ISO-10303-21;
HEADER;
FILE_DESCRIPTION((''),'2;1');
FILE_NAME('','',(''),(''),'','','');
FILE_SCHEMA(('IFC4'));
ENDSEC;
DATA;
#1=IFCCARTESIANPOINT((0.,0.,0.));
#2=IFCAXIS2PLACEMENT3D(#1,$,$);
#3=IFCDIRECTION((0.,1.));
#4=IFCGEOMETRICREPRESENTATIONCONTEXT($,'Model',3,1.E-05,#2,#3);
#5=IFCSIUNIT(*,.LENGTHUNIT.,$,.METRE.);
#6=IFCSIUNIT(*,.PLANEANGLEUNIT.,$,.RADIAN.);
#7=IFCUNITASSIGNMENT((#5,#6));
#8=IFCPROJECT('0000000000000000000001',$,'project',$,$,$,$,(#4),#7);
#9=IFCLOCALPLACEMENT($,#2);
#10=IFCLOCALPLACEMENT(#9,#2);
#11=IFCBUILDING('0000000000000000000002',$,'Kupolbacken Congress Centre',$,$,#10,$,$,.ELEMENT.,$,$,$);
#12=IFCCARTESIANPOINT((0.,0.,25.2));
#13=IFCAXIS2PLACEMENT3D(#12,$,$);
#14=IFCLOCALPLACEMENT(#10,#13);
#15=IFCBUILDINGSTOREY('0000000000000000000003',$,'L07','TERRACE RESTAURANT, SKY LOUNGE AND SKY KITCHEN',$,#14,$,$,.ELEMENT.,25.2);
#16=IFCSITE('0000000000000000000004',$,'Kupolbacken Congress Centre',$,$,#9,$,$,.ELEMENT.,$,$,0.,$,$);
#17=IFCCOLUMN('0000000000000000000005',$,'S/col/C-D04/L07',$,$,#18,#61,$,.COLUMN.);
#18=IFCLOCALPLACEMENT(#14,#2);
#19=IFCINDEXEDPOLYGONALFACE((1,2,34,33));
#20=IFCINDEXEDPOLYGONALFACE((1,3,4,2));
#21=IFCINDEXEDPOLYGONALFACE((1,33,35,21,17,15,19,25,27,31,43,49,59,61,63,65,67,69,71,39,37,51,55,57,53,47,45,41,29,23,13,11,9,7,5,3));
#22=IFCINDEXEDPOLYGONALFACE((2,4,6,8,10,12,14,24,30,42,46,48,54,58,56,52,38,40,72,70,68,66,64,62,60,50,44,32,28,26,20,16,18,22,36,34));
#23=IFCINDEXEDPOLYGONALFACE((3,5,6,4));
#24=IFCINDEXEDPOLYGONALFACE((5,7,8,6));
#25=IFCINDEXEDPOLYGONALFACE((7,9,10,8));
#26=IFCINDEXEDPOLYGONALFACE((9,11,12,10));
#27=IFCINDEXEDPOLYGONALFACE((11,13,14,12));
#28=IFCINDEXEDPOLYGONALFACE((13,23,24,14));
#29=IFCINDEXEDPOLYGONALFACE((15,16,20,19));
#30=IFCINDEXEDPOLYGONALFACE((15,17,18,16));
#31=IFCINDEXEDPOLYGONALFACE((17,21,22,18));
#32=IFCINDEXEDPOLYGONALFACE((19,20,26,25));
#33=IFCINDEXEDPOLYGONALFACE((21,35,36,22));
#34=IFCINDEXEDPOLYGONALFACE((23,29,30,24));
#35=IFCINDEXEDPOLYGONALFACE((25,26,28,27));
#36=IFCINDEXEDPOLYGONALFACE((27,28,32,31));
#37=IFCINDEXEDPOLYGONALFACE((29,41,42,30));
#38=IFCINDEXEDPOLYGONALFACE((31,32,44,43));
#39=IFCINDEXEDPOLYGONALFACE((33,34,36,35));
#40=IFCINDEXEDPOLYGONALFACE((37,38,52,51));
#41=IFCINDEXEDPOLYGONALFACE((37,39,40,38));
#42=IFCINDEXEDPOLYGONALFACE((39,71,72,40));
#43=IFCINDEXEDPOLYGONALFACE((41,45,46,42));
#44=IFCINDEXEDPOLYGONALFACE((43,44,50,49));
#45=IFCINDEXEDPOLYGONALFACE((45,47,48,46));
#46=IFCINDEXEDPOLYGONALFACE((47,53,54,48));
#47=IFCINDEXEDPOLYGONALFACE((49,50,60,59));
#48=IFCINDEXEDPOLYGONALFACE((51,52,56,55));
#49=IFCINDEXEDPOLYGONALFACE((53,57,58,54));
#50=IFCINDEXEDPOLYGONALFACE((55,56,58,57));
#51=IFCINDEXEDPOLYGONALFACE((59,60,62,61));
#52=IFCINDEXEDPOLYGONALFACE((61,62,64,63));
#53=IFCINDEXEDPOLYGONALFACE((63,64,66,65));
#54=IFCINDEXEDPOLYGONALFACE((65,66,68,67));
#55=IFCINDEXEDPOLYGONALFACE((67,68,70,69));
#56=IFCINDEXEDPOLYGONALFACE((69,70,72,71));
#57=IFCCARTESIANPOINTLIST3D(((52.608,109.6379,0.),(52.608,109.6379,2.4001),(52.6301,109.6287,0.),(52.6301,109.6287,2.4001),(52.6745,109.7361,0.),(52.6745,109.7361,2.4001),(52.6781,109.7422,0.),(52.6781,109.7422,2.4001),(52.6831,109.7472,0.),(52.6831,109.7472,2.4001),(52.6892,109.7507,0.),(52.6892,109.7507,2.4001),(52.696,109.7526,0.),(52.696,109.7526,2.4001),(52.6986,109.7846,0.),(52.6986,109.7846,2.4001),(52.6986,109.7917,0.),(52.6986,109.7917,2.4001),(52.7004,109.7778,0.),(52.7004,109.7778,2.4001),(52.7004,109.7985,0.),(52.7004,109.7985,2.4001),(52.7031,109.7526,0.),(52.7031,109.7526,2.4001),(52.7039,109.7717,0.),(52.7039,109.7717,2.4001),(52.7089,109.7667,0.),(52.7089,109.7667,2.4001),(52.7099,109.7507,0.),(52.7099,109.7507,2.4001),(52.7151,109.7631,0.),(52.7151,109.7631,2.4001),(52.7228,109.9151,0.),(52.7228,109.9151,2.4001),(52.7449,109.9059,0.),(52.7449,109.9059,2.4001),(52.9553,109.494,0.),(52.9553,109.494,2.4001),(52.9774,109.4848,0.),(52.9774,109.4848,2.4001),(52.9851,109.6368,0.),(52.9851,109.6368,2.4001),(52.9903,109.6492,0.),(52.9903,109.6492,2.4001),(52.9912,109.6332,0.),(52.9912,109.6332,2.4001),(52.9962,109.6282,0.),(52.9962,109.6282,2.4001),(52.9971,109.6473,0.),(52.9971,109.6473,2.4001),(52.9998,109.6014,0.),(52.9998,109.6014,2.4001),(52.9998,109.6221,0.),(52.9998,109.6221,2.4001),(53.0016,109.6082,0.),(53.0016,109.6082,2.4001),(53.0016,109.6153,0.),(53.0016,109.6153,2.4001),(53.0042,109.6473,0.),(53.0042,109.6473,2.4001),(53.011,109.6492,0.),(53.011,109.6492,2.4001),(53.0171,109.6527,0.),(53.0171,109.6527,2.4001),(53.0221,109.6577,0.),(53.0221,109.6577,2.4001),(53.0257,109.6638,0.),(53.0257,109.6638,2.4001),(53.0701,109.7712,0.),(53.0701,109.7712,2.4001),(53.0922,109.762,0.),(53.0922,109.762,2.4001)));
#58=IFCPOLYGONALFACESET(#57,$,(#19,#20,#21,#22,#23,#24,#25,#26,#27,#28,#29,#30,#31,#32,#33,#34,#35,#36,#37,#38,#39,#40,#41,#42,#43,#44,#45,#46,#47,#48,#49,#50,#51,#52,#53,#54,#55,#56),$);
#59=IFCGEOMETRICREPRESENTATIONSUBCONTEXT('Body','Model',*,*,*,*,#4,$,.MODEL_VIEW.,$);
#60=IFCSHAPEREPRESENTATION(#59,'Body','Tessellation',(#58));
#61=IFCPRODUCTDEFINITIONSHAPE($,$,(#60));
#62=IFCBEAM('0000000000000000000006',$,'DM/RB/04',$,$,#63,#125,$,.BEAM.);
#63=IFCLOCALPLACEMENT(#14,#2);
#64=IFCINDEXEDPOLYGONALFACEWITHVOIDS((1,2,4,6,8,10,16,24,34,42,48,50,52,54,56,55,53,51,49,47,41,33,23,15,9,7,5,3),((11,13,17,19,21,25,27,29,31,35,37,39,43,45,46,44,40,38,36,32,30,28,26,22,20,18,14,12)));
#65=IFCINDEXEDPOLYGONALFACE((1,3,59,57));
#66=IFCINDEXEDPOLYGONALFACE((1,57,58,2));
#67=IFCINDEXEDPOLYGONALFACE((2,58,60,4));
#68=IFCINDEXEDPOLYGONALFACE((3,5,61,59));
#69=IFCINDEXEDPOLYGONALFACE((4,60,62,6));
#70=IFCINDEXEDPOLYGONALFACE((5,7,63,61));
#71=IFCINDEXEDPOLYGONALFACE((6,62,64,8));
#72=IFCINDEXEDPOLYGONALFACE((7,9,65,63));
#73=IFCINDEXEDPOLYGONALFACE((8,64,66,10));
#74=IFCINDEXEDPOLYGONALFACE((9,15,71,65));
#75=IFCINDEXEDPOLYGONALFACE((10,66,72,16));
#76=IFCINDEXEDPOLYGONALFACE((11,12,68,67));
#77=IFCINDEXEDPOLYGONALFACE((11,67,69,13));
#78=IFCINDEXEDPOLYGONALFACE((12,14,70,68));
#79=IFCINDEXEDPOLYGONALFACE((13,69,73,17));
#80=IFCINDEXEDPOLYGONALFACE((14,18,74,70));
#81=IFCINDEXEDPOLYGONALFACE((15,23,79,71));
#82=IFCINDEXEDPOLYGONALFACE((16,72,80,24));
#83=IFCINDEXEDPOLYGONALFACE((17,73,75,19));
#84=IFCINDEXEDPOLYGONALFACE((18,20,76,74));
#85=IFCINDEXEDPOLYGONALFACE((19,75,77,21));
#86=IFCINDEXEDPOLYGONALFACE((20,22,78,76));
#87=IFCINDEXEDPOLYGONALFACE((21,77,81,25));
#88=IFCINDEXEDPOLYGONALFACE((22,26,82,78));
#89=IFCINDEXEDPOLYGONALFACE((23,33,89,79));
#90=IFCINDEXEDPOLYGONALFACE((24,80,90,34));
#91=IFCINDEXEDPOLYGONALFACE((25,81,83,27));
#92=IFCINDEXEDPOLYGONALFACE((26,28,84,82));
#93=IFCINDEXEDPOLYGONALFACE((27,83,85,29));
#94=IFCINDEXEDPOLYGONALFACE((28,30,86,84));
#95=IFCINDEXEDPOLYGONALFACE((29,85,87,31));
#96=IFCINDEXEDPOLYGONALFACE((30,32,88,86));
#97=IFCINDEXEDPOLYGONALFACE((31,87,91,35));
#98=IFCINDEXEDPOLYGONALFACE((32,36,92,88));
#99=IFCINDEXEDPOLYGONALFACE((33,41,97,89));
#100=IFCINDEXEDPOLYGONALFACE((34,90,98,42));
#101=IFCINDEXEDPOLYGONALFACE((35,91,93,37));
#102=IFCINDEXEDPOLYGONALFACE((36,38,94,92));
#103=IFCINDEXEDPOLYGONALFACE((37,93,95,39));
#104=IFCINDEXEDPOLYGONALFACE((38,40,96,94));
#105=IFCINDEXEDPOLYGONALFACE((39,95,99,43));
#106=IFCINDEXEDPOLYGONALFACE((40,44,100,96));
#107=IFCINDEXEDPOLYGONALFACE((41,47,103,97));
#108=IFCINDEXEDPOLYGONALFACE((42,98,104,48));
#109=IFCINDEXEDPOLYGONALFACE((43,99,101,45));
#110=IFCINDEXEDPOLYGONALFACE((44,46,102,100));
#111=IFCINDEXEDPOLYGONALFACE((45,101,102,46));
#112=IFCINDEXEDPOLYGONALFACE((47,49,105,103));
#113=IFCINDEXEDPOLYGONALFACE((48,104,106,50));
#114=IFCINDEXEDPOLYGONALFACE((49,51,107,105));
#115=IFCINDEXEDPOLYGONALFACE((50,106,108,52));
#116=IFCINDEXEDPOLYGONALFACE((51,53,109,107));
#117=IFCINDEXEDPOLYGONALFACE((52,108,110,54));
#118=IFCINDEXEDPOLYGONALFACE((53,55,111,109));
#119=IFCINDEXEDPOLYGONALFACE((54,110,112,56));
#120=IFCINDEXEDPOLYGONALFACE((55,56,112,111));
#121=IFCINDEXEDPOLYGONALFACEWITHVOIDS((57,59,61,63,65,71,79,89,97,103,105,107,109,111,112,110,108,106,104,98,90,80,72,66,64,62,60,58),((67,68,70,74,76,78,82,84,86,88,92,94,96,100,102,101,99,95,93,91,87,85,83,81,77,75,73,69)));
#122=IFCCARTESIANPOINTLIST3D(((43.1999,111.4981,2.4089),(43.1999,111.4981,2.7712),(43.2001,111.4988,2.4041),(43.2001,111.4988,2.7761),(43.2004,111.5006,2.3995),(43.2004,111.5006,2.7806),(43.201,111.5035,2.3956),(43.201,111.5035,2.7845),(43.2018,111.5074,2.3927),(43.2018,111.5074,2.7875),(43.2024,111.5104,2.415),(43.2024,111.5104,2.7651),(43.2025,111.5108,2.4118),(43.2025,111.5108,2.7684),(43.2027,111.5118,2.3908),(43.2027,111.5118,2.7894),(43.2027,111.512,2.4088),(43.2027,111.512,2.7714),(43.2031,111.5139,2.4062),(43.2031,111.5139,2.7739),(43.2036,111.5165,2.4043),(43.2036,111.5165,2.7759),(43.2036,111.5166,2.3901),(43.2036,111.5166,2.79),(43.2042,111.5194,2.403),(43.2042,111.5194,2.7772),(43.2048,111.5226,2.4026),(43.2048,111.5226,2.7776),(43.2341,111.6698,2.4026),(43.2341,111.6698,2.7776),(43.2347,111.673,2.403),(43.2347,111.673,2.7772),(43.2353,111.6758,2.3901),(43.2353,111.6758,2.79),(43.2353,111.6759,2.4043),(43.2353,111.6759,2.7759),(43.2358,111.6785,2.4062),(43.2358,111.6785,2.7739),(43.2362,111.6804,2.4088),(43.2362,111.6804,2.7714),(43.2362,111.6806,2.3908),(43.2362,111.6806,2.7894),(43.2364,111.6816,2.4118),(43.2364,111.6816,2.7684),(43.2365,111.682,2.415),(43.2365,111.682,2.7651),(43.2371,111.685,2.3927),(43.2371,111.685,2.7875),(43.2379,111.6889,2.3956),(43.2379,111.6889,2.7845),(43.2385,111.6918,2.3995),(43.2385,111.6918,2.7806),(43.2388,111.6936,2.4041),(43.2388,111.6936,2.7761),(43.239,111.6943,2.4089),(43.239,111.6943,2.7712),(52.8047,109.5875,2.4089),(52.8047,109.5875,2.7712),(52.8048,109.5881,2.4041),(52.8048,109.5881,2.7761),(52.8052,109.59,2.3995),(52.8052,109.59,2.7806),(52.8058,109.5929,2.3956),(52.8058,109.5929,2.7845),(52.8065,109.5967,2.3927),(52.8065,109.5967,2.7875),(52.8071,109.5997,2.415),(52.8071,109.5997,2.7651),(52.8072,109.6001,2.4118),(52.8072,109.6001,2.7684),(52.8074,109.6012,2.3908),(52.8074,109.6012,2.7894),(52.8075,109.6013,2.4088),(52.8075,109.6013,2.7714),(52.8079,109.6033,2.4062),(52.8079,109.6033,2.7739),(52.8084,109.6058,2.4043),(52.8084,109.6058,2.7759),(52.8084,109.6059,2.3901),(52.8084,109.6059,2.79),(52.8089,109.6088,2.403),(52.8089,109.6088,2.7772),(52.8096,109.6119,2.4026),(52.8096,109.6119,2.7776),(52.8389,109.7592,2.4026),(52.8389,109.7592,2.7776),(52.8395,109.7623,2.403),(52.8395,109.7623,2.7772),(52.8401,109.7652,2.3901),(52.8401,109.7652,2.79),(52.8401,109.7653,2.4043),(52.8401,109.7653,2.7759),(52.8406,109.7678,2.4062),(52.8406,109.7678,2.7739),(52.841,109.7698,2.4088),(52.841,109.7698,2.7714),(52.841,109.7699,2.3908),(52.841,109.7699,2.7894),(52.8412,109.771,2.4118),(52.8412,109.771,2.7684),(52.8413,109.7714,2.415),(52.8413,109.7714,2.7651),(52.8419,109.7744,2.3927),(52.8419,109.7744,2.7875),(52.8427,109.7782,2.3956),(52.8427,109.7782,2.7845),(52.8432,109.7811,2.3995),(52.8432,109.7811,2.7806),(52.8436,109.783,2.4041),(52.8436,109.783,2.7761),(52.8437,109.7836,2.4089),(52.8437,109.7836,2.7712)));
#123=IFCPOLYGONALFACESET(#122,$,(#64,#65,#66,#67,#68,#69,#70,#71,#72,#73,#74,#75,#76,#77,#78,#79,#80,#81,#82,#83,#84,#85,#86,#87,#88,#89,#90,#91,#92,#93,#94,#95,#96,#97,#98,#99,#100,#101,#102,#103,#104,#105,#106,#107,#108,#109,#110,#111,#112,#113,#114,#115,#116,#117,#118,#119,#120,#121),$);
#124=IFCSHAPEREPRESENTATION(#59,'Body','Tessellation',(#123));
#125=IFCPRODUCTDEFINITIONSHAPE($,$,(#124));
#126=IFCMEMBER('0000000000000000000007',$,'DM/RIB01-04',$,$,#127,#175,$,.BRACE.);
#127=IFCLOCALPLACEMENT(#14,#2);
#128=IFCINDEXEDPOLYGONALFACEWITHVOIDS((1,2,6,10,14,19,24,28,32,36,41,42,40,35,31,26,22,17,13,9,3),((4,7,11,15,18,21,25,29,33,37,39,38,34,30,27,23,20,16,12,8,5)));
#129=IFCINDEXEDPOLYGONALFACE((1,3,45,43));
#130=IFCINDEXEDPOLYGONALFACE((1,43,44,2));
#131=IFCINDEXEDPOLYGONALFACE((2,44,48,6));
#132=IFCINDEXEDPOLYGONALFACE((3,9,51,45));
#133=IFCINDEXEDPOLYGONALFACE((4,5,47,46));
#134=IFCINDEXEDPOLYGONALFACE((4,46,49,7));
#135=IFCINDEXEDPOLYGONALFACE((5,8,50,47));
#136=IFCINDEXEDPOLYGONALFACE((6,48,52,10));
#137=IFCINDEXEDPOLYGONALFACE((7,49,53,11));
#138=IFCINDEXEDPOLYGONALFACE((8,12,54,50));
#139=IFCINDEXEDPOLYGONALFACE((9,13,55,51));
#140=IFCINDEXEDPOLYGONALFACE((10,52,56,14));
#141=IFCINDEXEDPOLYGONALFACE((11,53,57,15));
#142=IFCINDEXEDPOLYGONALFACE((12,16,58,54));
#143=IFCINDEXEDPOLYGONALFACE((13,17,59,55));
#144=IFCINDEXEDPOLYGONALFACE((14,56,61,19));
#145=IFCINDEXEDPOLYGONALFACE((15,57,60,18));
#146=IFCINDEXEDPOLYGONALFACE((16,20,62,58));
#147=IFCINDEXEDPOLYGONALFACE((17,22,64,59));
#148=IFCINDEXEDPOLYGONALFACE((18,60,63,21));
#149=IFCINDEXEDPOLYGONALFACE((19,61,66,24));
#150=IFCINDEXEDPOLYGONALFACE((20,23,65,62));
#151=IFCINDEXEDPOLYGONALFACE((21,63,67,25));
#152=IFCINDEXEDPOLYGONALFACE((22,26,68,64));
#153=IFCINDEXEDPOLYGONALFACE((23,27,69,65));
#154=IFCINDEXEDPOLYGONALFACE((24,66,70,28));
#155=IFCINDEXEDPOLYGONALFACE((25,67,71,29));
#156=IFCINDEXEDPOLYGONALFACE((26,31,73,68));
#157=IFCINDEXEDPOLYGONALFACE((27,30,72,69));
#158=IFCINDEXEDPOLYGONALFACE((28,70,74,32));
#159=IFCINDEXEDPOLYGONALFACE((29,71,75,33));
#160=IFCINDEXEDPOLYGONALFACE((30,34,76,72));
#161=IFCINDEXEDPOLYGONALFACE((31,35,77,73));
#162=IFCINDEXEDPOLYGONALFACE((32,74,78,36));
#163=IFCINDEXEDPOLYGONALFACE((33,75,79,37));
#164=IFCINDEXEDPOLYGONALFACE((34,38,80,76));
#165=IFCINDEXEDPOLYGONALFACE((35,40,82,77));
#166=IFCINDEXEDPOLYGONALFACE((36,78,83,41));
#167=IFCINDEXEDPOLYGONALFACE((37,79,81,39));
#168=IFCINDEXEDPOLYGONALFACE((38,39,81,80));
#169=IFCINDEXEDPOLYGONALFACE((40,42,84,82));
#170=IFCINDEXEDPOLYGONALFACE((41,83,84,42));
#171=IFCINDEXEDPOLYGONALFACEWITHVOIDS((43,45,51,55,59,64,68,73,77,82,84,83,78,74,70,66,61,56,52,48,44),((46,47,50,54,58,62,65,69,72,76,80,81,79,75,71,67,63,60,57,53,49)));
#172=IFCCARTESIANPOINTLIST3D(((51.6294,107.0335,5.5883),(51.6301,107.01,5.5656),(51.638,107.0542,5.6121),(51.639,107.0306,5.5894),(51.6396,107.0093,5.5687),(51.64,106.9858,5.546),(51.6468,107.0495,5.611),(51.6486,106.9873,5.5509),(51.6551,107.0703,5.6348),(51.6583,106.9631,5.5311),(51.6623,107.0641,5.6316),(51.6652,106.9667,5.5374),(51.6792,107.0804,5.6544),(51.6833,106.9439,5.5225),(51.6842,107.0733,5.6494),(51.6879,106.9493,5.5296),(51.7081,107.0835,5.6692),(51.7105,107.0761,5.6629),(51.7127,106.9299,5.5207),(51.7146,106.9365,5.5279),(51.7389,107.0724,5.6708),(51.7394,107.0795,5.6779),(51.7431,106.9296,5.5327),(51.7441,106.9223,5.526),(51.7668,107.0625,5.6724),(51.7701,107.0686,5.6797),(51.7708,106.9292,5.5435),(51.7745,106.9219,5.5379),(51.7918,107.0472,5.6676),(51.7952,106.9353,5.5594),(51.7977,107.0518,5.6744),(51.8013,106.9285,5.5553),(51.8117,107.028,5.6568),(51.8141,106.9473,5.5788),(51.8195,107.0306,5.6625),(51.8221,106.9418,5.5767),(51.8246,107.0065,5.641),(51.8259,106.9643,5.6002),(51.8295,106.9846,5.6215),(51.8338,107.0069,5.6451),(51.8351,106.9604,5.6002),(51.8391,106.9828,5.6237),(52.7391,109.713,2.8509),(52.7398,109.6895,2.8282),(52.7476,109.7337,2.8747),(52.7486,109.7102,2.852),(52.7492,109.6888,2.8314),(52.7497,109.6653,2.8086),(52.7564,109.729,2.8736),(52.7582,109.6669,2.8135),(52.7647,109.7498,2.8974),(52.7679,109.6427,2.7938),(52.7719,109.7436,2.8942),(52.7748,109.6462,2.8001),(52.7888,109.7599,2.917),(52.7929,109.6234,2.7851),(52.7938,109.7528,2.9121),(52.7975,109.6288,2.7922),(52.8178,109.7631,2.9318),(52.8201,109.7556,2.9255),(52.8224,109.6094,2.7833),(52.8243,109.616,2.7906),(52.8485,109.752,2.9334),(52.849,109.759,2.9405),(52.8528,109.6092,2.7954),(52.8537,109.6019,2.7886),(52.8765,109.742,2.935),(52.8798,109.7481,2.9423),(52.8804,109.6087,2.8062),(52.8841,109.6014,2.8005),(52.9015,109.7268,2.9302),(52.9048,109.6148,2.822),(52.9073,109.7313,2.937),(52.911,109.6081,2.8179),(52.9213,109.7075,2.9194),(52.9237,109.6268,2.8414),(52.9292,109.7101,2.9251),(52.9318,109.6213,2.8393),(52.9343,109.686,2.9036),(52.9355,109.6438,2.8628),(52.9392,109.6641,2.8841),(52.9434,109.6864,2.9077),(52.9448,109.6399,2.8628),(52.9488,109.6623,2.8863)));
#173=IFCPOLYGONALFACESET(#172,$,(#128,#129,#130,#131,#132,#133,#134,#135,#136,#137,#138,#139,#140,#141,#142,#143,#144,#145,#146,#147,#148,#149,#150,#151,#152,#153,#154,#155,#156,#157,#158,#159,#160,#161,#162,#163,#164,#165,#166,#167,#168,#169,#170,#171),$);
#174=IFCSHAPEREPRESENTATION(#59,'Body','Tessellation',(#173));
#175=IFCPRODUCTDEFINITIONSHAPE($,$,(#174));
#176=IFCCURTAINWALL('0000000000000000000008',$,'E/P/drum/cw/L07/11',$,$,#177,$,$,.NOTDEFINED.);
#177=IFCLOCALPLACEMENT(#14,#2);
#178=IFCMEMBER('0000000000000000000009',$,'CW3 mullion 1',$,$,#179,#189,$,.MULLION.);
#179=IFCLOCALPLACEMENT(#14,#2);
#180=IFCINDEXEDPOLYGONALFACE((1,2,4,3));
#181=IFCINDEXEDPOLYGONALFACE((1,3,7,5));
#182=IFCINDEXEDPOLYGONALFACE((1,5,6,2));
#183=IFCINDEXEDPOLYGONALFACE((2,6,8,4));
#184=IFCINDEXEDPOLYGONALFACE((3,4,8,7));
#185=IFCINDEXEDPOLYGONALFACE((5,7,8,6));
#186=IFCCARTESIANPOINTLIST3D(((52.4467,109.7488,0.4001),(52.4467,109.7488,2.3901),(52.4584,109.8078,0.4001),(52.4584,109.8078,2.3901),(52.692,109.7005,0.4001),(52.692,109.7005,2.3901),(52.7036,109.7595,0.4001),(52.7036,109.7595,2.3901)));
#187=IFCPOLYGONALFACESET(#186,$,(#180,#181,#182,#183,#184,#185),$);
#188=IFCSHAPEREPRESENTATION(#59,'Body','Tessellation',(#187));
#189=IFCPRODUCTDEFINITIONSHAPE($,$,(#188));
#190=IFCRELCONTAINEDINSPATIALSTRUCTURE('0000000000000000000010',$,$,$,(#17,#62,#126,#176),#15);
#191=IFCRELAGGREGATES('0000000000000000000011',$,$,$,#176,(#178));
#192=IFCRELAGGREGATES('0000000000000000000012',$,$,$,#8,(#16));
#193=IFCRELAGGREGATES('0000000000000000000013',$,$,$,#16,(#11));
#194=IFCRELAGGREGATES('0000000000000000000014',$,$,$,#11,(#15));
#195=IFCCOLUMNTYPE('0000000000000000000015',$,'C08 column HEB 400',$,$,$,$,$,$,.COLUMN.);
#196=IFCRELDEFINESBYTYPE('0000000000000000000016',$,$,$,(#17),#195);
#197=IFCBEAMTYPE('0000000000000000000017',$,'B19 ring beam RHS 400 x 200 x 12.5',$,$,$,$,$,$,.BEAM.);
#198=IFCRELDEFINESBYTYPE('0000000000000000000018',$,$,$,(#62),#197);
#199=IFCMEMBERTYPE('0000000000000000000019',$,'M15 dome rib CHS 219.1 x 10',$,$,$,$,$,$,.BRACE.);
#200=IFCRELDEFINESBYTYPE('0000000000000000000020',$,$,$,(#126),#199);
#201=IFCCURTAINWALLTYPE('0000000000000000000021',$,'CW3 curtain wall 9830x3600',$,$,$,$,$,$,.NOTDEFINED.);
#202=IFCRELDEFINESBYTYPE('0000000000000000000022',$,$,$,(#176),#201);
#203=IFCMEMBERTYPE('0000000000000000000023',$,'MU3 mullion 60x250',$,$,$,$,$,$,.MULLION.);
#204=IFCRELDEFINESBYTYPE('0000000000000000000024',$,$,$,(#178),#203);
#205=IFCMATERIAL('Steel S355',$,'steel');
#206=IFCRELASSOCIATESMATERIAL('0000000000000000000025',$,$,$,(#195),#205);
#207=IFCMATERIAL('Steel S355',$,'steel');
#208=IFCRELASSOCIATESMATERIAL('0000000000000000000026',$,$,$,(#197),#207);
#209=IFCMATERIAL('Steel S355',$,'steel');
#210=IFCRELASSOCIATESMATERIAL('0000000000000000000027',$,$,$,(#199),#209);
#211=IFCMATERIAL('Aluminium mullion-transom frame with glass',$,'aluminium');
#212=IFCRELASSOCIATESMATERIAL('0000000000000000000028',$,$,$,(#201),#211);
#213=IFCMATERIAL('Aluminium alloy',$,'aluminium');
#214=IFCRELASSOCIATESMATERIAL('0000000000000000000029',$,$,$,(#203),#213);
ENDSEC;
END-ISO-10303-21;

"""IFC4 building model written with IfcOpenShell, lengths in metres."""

from ifc_helpers import new_model, si_unit, direction, frame, origin, origin_2d, place, context, subcontext, project, spatial, rectangle, hollow_rectangle, hollow_circle, i_section, extrude, material, material_profile, profile_set, type_object, element, aggregate, save


model = new_model("IFC4")

# Units and contexts
model_context = context("Model", 3, precision=1e-05, world=origin(), true_north=direction((0.0, 1.0)))
body_context = subcontext(model_context, "Body", "Model", "MODEL_VIEW")
ifc_project = project(units=[si_unit("LENGTHUNIT", "METRE"), si_unit("PLANEANGLEUNIT", "RADIAN")], contexts=[model_context])

# Site, building, storey
site_placement = place(None, origin())
site = spatial("IfcSite", under=ifc_project, at=site_placement, Name="Kupolbacken Congress Centre", CompositionType="ELEMENT", RefElevation=0.0)
building_placement = place(site_placement, origin())
building = spatial("IfcBuilding", under=site, at=building_placement, Name="Kupolbacken Congress Centre", CompositionType="ELEMENT")
storey_placement = place(building_placement, frame((0.0, 0.0, 25.2)))
storey = spatial("IfcBuildingStorey", under=building, at=storey_placement, Name="L07", Description="TERRACE RESTAURANT, SKY LOUNGE AND SKY KITCHEN", CompositionType="ELEMENT", Elevation=25.2)

# Column
ifc_material_1 = material(Name="Steel S355", Category="steel")
ifc_material_profile_1 = material_profile(ifc_material_1, i_section(OverallWidth=0.3, OverallDepth=0.3999, WebThickness=0.0134, FlangeThickness=0.0239, FilletRadius=0.0271, at=origin_2d()), Name="HEB 400")
ifc_profile_set_1 = profile_set([ifc_material_profile_1], Name="Steel S355")
column_type = type_object("IfcColumnType", Name="C08 column HEB 400", PredefinedType="COLUMN", material=ifc_profile_set_1)
column_placement = place(storey_placement, frame((52.8501, 109.7, 0.0), z_axis=(0.0, 0.0, 1.0), x_axis=(0.382644, 0.923896, 0.0)))
element("IfcColumn", 1, at=column_placement, inside=storey, type_object=column_type, Name="S/col/C-D04/L07", PredefinedType="COLUMN", context=body_context, shape_type="SweptSolid", body=[
    extrude(i_section(OverallWidth=0.3, OverallDepth=0.3999, WebThickness=0.0134, FlangeThickness=0.0239, FilletRadius=0.0271, at=origin_2d()), origin(), (0.0, 0.0, 1.0), 2.4001),
])

# Beam
ifc_material_2 = material(Name="Steel S355", Category="steel")
ifc_material_profile_2 = material_profile(ifc_material_2, hollow_rectangle(XDim=0.2, YDim=0.3999, WallThickness=0.0125, InnerFilletRadius=0.0125, OuterFilletRadius=0.0188, at=origin_2d()), Name="RHS 400 x 200 x 12.5")
ifc_profile_set_2 = profile_set([ifc_material_profile_2], Name="Steel S355")
beam_type = type_object("IfcBeamType", Name="B19 ring beam RHS 400 x 200 x 12.5", PredefinedType="BEAM", material=ifc_profile_set_2)
beam_placement = place(storey_placement, frame((52.8242, 109.6855, 2.5901), z_axis=(-0.980782, 0.195104, 0.0), x_axis=(-0.195104, -0.980782, 0.0)))
element("IfcBeam", 2, at=beam_placement, inside=storey, type_object=beam_type, Name="DM/RB/04", PredefinedType="BEAM", context=body_context, shape_type="SweptSolid", body=[
    extrude(hollow_rectangle(XDim=0.2, YDim=0.3999, WallThickness=0.0125, InnerFilletRadius=0.0125, OuterFilletRadius=0.0188, at=origin_2d()), origin(), (0.0, 0.0, 1.0), 9.793),
])

# Member
ifc_material_3 = material(Name="Steel S355", Category="steel")
ifc_material_profile_3 = material_profile(ifc_material_3, hollow_circle(Radius=0.1096, WallThickness=0.01, at=origin_2d()), Name="CHS 219.1 x 10")
ifc_profile_set_3 = profile_set([ifc_material_profile_3], Name="Steel S355")
member_type_1 = type_object("IfcMemberType", Name="M15 dome rib CHS 219.1 x 10", PredefinedType="BRACE", material=ifc_profile_set_3)
member_1_placement = place(storey_placement, frame((52.8435, 109.6819, 2.8628), z_axis=(-0.278245, -0.67189, 0.686399), x_axis=(0.923909, -0.382612, 0.0)))
element("IfcMember", 3, at=member_1_placement, inside=storey, type_object=member_type_1, Name="DM/RIB01-04", PredefinedType="BRACE", context=body_context, shape_type="SweptSolid", body=[
    extrude(hollow_circle(Radius=0.1096, WallThickness=0.01, at=origin_2d()), origin(), (0.0, 0.0, 1.0), 3.988),
])

# Curtain wall, member
ifc_material_4 = material(Name="Aluminium mullion-transom frame with glass", Category="aluminium")
curtain_wall_type = type_object("IfcCurtainWallType", Name="CW3 curtain wall 9830x3600", PredefinedType="NOTDEFINED", material=ifc_material_4)
curtain_wall_placement = place(storey_placement, origin())
curtain_wall = element("IfcCurtainWall", 4, at=curtain_wall_placement, inside=storey, type_object=curtain_wall_type, Name="E/P/drum/cw/L07/11", PredefinedType="NOTDEFINED")
ifc_material_5 = material(Name="Aluminium alloy", Category="aluminium")
ifc_material_profile_4 = material_profile(ifc_material_5, rectangle(XDim=0.0601, YDim=0.25, at=origin_2d()), Name="60 x 250")
ifc_profile_set_4 = profile_set([ifc_material_profile_4], Name="Aluminium alloy")
member_type_2 = type_object("IfcMemberType", Name="MU3 mullion 60x250", PredefinedType="MULLION", material=ifc_profile_set_4)
member_2_placement = place(storey_placement, frame((52.5752, 109.7542, 0.4001), z_axis=(0.0, 0.0, 1.0), x_axis=(-0.193182, -0.981163, 0.0)))
member_2 = element("IfcMember", 5, at=member_2_placement, type_object=member_type_2, Name="CW3 mullion 1", PredefinedType="MULLION", context=body_context, shape_type="SweptSolid", body=[
    extrude(rectangle(XDim=0.0601, YDim=0.25, at=origin_2d()), origin(), (0.0, 0.0, 1.0), 1.99),
])
aggregate(curtain_wall, [member_2])

save(model, "model.ifc")
